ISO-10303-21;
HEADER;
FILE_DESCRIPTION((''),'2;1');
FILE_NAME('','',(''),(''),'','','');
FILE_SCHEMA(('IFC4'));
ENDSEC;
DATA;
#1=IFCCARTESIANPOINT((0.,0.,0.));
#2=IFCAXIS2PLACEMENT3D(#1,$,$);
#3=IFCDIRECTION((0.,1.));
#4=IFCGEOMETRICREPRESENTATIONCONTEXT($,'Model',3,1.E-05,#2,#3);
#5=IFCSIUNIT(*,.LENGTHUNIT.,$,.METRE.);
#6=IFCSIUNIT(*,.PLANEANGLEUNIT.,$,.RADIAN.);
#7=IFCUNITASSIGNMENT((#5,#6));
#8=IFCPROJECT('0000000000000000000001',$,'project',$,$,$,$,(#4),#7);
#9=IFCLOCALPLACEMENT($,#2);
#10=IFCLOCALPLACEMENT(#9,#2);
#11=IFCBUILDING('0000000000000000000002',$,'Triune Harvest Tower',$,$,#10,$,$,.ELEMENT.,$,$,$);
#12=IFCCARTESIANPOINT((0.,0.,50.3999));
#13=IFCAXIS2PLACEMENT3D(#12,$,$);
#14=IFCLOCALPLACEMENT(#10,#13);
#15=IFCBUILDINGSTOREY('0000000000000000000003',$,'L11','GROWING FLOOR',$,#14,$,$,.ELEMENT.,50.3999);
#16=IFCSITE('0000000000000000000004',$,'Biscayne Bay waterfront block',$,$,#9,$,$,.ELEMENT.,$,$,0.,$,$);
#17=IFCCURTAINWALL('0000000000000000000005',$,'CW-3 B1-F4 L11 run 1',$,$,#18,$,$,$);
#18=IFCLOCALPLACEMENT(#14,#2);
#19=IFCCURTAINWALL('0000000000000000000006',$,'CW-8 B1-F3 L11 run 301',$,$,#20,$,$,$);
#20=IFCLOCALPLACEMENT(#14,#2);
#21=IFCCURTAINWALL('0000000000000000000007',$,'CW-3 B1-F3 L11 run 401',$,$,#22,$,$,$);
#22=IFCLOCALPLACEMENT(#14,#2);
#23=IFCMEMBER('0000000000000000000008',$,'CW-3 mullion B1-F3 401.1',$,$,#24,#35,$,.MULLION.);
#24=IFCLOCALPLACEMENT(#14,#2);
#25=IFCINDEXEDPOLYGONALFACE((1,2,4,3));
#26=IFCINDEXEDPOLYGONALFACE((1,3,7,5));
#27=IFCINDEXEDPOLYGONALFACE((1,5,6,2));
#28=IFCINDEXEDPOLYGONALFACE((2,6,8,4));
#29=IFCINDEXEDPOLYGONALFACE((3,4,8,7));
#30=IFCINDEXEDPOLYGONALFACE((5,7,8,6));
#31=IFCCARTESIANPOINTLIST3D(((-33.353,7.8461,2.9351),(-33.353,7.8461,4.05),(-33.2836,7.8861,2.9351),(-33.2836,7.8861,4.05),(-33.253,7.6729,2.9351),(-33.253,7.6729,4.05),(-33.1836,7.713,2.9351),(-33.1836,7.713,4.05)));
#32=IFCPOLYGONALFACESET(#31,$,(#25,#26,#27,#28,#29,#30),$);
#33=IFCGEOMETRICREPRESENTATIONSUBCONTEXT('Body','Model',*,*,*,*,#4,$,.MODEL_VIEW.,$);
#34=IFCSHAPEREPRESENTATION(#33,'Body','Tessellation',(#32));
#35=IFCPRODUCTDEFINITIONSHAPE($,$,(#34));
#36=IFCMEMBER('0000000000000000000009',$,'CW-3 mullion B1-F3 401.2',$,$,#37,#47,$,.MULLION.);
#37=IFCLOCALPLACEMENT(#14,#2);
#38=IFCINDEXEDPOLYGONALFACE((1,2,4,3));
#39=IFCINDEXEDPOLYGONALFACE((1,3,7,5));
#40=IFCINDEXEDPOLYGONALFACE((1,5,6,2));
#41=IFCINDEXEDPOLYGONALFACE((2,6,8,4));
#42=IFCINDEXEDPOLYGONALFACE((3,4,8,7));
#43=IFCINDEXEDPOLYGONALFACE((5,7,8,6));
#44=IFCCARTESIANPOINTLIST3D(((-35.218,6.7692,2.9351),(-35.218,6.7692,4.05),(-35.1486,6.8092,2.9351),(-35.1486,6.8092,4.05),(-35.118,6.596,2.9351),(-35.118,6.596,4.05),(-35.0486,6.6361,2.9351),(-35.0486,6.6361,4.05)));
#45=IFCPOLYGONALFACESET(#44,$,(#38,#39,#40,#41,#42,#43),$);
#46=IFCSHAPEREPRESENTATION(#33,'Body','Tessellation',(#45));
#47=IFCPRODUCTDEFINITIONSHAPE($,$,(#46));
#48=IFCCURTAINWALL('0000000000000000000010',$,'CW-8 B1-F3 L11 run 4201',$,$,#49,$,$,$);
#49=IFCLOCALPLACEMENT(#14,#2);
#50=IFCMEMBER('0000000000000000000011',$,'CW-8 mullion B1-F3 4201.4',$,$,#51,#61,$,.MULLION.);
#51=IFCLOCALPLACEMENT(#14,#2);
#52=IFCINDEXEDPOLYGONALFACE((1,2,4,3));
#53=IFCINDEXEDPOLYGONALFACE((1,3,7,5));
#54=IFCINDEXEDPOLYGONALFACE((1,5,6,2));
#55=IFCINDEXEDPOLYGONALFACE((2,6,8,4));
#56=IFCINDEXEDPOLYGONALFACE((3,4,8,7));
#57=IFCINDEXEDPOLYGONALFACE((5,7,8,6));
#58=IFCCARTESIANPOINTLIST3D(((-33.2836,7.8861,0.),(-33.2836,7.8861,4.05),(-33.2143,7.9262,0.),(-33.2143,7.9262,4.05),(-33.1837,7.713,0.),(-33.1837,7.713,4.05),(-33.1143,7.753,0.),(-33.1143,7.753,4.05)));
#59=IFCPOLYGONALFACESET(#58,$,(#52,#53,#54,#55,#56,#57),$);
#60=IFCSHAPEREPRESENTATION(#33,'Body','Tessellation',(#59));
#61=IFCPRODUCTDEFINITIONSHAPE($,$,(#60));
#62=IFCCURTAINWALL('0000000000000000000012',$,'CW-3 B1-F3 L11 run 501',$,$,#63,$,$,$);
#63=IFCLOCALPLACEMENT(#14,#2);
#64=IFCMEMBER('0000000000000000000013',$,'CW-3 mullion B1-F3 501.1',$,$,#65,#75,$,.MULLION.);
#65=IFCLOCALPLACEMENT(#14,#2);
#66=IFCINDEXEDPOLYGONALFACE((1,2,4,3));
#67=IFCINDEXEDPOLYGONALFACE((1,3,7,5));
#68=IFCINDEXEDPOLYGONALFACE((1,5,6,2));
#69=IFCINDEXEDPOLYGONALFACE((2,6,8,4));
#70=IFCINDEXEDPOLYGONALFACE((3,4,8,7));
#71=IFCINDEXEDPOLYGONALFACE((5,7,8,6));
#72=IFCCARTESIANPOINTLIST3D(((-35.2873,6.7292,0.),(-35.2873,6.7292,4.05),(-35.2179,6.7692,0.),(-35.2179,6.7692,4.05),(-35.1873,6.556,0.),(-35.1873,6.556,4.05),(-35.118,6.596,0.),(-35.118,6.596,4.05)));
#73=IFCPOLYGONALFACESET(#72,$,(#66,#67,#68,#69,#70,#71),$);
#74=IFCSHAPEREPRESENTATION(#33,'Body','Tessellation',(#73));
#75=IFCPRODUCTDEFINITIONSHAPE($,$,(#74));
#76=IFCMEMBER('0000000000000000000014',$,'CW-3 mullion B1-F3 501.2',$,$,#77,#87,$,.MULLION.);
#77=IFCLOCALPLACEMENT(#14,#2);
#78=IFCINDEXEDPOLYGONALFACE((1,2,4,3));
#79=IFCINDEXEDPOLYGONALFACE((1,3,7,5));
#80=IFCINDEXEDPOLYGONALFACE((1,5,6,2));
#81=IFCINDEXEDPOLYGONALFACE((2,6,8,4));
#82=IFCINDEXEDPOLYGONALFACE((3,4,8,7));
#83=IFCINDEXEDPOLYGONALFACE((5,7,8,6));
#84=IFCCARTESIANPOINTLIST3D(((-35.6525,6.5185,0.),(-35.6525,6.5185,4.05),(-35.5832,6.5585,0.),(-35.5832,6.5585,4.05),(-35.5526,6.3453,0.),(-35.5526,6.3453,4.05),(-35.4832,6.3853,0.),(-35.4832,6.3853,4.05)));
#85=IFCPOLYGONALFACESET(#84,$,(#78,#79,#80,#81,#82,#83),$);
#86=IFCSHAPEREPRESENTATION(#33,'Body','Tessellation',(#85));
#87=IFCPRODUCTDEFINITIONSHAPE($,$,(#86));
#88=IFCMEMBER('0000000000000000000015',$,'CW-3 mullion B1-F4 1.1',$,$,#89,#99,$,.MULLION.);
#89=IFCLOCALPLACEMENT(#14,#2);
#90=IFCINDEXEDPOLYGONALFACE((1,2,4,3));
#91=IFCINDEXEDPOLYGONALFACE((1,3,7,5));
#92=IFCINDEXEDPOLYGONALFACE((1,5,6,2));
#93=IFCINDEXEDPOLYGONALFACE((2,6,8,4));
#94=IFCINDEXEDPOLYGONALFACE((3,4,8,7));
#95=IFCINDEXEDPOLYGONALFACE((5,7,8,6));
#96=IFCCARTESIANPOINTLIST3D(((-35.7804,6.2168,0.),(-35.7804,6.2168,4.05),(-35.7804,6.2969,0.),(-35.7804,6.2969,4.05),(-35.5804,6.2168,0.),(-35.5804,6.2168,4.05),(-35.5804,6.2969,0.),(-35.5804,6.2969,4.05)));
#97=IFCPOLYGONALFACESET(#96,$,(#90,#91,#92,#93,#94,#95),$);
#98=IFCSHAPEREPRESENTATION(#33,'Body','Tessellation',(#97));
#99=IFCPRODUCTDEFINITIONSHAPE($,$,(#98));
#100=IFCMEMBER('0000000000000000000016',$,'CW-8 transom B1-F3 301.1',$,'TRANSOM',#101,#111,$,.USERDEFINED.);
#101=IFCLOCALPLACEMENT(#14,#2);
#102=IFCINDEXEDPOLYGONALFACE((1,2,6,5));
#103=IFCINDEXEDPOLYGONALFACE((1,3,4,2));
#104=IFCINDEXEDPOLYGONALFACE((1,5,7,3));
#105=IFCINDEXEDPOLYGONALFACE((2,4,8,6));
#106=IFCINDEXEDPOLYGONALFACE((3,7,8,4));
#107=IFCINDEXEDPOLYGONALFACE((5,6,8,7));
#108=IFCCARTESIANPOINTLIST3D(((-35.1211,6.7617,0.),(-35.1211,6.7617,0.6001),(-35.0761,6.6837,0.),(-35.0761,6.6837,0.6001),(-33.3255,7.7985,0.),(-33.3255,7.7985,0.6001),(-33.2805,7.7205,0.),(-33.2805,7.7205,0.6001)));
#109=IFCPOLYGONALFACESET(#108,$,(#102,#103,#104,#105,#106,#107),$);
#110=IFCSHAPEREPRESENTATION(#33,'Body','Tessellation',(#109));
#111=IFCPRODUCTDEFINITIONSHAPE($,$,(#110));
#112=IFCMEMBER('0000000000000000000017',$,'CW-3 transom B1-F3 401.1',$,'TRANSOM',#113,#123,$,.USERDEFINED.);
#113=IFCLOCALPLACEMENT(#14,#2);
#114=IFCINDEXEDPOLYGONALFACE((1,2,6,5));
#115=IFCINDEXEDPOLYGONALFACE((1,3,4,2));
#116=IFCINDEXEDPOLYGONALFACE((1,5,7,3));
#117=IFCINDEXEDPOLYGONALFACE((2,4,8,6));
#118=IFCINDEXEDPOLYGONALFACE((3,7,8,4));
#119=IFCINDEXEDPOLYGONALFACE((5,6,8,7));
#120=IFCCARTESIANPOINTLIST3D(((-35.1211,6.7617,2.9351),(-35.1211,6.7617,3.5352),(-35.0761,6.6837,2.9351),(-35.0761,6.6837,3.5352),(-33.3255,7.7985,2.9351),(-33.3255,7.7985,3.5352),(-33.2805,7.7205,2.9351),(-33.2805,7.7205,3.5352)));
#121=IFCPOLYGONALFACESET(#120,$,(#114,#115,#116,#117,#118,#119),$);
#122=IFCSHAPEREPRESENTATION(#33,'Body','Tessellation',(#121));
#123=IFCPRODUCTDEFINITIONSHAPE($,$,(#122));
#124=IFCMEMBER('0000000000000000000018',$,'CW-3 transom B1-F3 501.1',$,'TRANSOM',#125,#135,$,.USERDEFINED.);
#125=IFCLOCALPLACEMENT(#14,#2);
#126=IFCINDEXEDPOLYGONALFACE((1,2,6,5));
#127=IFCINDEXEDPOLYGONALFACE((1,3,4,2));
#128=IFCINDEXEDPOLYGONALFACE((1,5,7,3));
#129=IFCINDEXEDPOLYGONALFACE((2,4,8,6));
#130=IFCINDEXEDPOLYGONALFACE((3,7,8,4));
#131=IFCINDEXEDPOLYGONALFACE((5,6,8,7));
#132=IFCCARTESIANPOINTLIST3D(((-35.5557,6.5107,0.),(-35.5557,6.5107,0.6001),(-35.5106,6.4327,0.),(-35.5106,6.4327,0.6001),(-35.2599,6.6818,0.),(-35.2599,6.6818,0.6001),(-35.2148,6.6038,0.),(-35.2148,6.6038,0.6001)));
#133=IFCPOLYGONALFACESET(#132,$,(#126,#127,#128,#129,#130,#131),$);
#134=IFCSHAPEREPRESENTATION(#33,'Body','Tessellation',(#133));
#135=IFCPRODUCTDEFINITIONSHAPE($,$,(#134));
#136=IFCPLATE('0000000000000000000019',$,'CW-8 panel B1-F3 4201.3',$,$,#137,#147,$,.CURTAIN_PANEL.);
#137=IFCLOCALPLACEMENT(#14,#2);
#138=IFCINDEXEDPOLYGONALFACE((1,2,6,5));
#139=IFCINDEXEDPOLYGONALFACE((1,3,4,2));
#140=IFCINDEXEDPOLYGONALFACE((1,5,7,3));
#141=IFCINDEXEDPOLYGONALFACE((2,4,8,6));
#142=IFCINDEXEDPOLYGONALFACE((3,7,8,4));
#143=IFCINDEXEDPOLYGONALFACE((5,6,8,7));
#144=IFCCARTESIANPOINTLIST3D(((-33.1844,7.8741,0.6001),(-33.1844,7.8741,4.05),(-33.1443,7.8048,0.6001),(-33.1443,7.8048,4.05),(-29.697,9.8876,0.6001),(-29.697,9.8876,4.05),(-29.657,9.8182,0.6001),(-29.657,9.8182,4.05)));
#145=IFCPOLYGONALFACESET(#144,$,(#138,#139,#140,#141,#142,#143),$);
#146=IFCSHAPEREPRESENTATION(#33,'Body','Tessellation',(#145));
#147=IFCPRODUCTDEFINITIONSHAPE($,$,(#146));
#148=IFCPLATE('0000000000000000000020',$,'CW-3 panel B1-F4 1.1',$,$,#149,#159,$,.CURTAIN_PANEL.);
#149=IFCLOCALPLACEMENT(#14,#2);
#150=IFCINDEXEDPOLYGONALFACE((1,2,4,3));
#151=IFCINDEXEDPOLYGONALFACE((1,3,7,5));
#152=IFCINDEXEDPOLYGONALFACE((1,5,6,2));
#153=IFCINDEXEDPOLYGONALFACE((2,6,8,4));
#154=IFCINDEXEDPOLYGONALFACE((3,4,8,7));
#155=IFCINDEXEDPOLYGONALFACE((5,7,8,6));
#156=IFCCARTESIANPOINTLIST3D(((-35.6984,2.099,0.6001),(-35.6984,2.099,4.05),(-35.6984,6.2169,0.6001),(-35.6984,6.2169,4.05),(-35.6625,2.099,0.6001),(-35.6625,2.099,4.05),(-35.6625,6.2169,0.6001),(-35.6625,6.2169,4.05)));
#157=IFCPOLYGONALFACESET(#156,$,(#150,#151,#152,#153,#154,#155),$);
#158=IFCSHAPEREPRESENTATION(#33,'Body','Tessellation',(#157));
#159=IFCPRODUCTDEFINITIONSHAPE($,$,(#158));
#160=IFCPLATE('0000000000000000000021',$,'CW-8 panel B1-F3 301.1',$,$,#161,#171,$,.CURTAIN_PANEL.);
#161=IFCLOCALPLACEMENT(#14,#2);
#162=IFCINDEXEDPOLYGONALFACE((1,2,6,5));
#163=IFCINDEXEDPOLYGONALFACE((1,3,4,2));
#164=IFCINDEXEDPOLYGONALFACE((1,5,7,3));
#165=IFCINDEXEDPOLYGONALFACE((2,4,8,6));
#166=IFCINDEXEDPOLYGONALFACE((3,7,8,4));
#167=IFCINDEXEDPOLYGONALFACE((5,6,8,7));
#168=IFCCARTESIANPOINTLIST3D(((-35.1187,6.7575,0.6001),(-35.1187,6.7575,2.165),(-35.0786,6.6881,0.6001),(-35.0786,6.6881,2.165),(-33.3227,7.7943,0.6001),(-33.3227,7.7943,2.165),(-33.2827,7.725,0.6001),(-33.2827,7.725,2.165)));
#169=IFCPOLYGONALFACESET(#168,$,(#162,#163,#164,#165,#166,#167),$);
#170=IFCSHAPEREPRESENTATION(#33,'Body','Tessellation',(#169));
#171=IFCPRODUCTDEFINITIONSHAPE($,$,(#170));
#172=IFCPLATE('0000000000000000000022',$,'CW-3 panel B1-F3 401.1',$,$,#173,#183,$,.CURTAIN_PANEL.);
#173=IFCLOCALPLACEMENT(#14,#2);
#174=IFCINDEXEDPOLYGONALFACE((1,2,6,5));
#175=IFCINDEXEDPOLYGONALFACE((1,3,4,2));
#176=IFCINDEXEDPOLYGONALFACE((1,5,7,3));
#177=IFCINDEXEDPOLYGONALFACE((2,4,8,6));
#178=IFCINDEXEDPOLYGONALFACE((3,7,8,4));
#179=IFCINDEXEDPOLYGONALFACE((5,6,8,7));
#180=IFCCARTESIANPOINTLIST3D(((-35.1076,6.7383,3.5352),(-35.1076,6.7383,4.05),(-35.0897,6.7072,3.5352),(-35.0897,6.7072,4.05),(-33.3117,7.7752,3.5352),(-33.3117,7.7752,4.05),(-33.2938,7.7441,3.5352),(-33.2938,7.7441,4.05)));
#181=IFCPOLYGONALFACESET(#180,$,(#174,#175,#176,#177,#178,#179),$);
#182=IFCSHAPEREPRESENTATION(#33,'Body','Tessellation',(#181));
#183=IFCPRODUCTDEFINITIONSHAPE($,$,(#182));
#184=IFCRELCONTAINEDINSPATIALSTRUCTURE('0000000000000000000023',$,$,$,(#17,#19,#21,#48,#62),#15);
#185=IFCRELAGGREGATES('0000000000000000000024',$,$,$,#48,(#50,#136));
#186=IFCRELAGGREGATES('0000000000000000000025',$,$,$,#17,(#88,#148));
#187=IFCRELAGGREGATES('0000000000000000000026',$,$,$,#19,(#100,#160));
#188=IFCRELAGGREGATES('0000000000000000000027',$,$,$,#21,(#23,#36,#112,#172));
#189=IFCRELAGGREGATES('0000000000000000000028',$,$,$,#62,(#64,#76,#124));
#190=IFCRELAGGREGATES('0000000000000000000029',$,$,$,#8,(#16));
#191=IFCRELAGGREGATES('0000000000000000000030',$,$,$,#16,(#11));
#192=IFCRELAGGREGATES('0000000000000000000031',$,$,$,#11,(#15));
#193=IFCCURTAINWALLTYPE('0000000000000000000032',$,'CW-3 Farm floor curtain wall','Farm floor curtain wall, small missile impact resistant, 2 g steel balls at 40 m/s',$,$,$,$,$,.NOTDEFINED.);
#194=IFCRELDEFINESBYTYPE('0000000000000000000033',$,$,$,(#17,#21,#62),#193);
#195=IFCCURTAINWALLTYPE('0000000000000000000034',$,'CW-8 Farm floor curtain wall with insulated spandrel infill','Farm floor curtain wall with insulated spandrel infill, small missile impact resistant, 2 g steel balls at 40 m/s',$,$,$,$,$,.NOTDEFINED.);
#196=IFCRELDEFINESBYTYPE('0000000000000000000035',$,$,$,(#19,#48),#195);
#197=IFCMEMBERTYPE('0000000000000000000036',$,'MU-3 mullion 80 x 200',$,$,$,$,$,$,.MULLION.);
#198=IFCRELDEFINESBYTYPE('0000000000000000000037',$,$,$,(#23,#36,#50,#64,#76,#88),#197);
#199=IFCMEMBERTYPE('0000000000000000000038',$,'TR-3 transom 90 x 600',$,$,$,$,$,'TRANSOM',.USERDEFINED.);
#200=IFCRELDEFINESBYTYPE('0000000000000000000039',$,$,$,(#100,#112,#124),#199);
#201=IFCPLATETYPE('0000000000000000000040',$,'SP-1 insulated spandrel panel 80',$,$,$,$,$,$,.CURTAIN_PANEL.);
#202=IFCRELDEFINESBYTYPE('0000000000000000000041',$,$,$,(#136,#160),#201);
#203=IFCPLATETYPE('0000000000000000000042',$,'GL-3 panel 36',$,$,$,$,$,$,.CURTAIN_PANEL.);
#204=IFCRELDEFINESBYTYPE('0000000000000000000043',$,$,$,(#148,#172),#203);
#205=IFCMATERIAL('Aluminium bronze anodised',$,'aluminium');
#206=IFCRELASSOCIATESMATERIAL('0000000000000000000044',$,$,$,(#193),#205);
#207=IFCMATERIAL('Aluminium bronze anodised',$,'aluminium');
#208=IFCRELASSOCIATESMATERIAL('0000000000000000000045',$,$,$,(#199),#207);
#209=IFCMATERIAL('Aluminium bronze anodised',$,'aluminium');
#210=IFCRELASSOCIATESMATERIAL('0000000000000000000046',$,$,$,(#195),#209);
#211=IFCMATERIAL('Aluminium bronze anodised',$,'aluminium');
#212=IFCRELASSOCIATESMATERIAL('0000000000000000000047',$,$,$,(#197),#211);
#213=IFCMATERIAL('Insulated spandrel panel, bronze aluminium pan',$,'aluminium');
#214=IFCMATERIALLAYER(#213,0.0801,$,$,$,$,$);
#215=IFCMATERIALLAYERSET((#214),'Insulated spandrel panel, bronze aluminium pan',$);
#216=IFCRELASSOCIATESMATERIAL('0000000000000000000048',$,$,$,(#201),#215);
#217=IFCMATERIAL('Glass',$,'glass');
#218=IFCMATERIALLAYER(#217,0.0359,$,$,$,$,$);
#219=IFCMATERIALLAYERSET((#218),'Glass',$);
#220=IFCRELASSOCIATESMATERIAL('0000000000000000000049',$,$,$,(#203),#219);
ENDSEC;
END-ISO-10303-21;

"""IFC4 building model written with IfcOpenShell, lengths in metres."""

from ifc_helpers import new_model, si_unit, direction, frame, origin, origin_2d, place, context, subcontext, project, spatial, rectangle, extrude, source, transform, mapped, material, layer, layer_set, material_profile, profile_set, type_object, element, aggregate, save


model = new_model("IFC4")

# Units and contexts
model_context = context("Model", 3, precision=1e-05, world=origin(), true_north=direction((0.0, 1.0)))
body_context = subcontext(model_context, "Body", "Model", "MODEL_VIEW")
ifc_project = project(units=[si_unit("LENGTHUNIT", "METRE"), si_unit("PLANEANGLEUNIT", "RADIAN")], contexts=[model_context])

# Site, building, storey
site_placement = place(None, origin())
site = spatial("IfcSite", under=ifc_project, at=site_placement, Name="Biscayne Bay waterfront block", CompositionType="ELEMENT", RefElevation=0.0)
building_placement = place(site_placement, origin())
building = spatial("IfcBuilding", under=site, at=building_placement, Name="Triune Harvest Tower", CompositionType="ELEMENT")
storey_placement = place(building_placement, frame((0.0, 0.0, 50.3999)))
storey = spatial("IfcBuildingStorey", under=building, at=storey_placement, Name="L11", Description="GROWING FLOOR", CompositionType="ELEMENT", Elevation=50.3999)

# Curtain wall
ifc_material_1 = material(Name="Aluminium bronze anodised", Category="aluminium")
curtain_wall_type_1 = type_object("IfcCurtainWallType", Name="CW-3 Farm floor curtain wall", Description="Farm floor curtain wall, small missile impact resistant, 2 g steel balls at 40 m/s", PredefinedType="NOTDEFINED", material=ifc_material_1)
curtain_wall_1_placement = place(storey_placement, origin())
curtain_wall_1 = element("IfcCurtainWall", 1, at=curtain_wall_1_placement, inside=storey, type_object=curtain_wall_type_1, Name="CW-3 B1-F4 L11 run 1")
ifc_material_2 = material(Name="Aluminium bronze anodised", Category="aluminium")
ifc_material_profile_1 = material_profile(ifc_material_2, rectangle(XDim=0.0901, YDim=0.6001, at=origin_2d()), Name="TR-3 transom 90 x 600")
ifc_profile_set_1 = profile_set([ifc_material_profile_1], Name="Aluminium bronze anodised")
member_type_1 = type_object("IfcMemberType", Name="TR-3 transom 90 x 600", ElementType="TRANSOM", PredefinedType="USERDEFINED", material=ifc_profile_set_1)

# Curtain walls, members
ifc_material_3 = material(Name="Aluminium bronze anodised", Category="aluminium")
curtain_wall_type_2 = type_object("IfcCurtainWallType", Name="CW-8 Farm floor curtain wall with insulated spandrel infill", Description="Farm floor curtain wall with insulated spandrel infill, small missile impact resistant, 2 g steel balls at 40 m/s", PredefinedType="NOTDEFINED", material=ifc_material_3)
curtain_wall_2_placement = place(storey_placement, origin())
curtain_wall_2 = element("IfcCurtainWall", 2, at=curtain_wall_2_placement, inside=storey, type_object=curtain_wall_type_2, Name="CW-8 B1-F3 L11 run 301")
ifc_material_4 = material(Name="Aluminium bronze anodised", Category="aluminium")
ifc_material_profile_2 = material_profile(ifc_material_4, rectangle(XDim=0.2, YDim=0.0801, at=origin_2d()), Name="MU-3 mullion 80 x 200")
ifc_profile_set_2 = profile_set([ifc_material_profile_2], Name="Aluminium bronze anodised")
member_type_2 = type_object("IfcMemberType", Name="MU-3 mullion 80 x 200", PredefinedType="MULLION", material=ifc_profile_set_2)
curtain_wall_3_placement = place(storey_placement, origin())
curtain_wall_3 = element("IfcCurtainWall", 3, at=curtain_wall_3_placement, inside=storey, type_object=curtain_wall_type_1, Name="CW-3 B1-F3 L11 run 401")
shared_shape_1 = source(origin(), body_context, "Body", "SweptSolid", [
    extrude(rectangle(XDim=0.2, YDim=0.0801, at=origin_2d()), origin(), (0.0, 0.0, 1.0), 1.115),
])
member_1_placement = place(storey_placement, frame((-33.2683, 7.7795, 2.9351), z_axis=(0.0, 0.0, 1.0), x_axis=(0.499991, -0.866031, 0.0)))
member_1 = element("IfcMember", 4, at=member_1_placement, type_object=member_type_2, Name="CW-3 mullion B1-F3 401.1", PredefinedType="MULLION", context=body_context, shape_type="MappedRepresentation", body=[
    mapped(shared_shape_1, transform((0.0, 0.0, 0.0), scale=1.0)),
])
member_2_placement = place(storey_placement, frame((-35.1333, 6.7026, 2.9351), z_axis=(0.0, 0.0, 1.0), x_axis=(0.499991, -0.866031, 0.0)))
member_2 = element("IfcMember", 5, at=member_2_placement, type_object=member_type_2, Name="CW-3 mullion B1-F3 401.2", PredefinedType="MULLION", context=body_context, shape_type="MappedRepresentation", body=[
    mapped(shared_shape_1, transform((0.0, 0.0, 0.0), scale=1.0)),
])

# Curtain wall, member
curtain_wall_4_placement = place(storey_placement, origin())
curtain_wall_4 = element("IfcCurtainWall", 6, at=curtain_wall_4_placement, inside=storey, type_object=curtain_wall_type_2, Name="CW-8 B1-F3 L11 run 4201")
shared_shape_2 = source(origin(), body_context, "Body", "SweptSolid", [
    extrude(rectangle(XDim=0.2, YDim=0.0801, at=origin_2d()), origin(), (0.0, 0.0, 1.0), 4.05),
])
member_3_placement = place(storey_placement, frame((-33.199, 7.8196, 0.0), z_axis=(0.0, 0.0, 1.0), x_axis=(0.500002, -0.866024, 0.0)))
member_3 = element("IfcMember", 7, at=member_3_placement, type_object=member_type_2, Name="CW-8 mullion B1-F3 4201.4", PredefinedType="MULLION", context=body_context, shape_type="MappedRepresentation", body=[
    mapped(shared_shape_2, transform((0.0, 0.0, 0.0), scale=1.0)),
])

# Curtain wall, members
curtain_wall_5_placement = place(storey_placement, origin())
curtain_wall_5 = element("IfcCurtainWall", 8, at=curtain_wall_5_placement, inside=storey, type_object=curtain_wall_type_1, Name="CW-3 B1-F3 L11 run 501")
member_4_placement = place(storey_placement, frame((-35.2026, 6.6626, 0.0), z_axis=(0.0, 0.0, 1.0), x_axis=(0.499975, -0.86604, 0.0)))
member_4 = element("IfcMember", 9, at=member_4_placement, type_object=member_type_2, Name="CW-3 mullion B1-F3 501.1", PredefinedType="MULLION", context=body_context, shape_type="MappedRepresentation", body=[
    mapped(shared_shape_2, transform((0.0, 0.0, 0.0), scale=1.0)),
])
member_5_placement = place(storey_placement, frame((-35.5679, 6.4519, 0.0), z_axis=(0.0, 0.0, 1.0), x_axis=(0.499975, -0.86604, 0.0)))
member_5 = element("IfcMember", 10, at=member_5_placement, type_object=member_type_2, Name="CW-3 mullion B1-F3 501.2", PredefinedType="MULLION", context=body_context, shape_type="MappedRepresentation", body=[
    mapped(shared_shape_2, transform((0.0, 0.0, 0.0), scale=1.0)),
])

# Members
member_6_placement = place(storey_placement, frame((-35.6804, 6.2568, 0.0), z_axis=(0.0, 0.0, 1.0), x_axis=(1.0, 0.0, 0.0)))
member_6 = element("IfcMember", 11, at=member_6_placement, type_object=member_type_2, Name="CW-3 mullion B1-F4 1.1", PredefinedType="MULLION", context=body_context, shape_type="MappedRepresentation", body=[
    mapped(shared_shape_2, transform((0.0, 0.0, 0.0), scale=1.0)),
])
shared_shape_3 = source(origin(), body_context, "Body", "SweptSolid", [
    extrude(rectangle(XDim=0.0901, YDim=0.6001, at=origin_2d()), origin(), (0.0, 0.0, 1.0), 2.0735),
])
member_7_placement = place(storey_placement, frame((-33.303, 7.7595, 0.3), z_axis=(-0.865995, -0.500052, 0.0), x_axis=(0.500052, -0.865995, 0.0)))
member_7 = element("IfcMember", 12, at=member_7_placement, type_object=member_type_1, Name="CW-8 transom B1-F3 301.1", ObjectType="TRANSOM", PredefinedType="USERDEFINED", context=body_context, shape_type="MappedRepresentation", body=[
    mapped(shared_shape_3, transform((0.0, 0.0, 0.0), scale=1.0)),
])
member_8_placement = place(storey_placement, frame((-33.303, 7.7595, 3.2351), z_axis=(-0.865995, -0.500052, 0.0), x_axis=(0.500052, -0.865995, 0.0)))
member_8 = element("IfcMember", 13, at=member_8_placement, type_object=member_type_1, Name="CW-3 transom B1-F3 401.1", ObjectType="TRANSOM", PredefinedType="USERDEFINED", context=body_context, shape_type="MappedRepresentation", body=[
    mapped(shared_shape_3, transform((0.0, 0.0, 0.0), scale=1.0)),
])
shared_shape_4 = source(origin(), body_context, "Body", "SweptSolid", [
    extrude(rectangle(XDim=0.0901, YDim=0.6001, at=origin_2d()), origin(), (0.0, 0.0, 1.0), 0.3418),
])
member_9_placement = place(storey_placement, frame((-35.2373, 6.6428, 0.3), z_axis=(-0.865638, -0.50067, 0.0), x_axis=(0.50067, -0.865638, 0.0)))
member_9 = element("IfcMember", 14, at=member_9_placement, type_object=member_type_1, Name="CW-3 transom B1-F3 501.1", ObjectType="TRANSOM", PredefinedType="USERDEFINED", context=body_context, shape_type="MappedRepresentation", body=[
    mapped(shared_shape_4, transform((0.0, 0.0, 0.0), scale=1.0)),
])

# Plates
ifc_material_5 = material(Name="Insulated spandrel panel, bronze aluminium pan", Category="aluminium")
ifc_layer_1 = layer(ifc_material_5, 0.0801)
ifc_layer_set_1 = layer_set([ifc_layer_1], Name="Insulated spandrel panel, bronze aluminium pan")
plate_type_1 = type_object("IfcPlateType", Name="SP-1 insulated spandrel panel 80", PredefinedType="CURTAIN_PANEL", material=ifc_layer_set_1)
shared_shape_5 = source(origin(), body_context, "Body", "SweptSolid", [
    extrude(rectangle(XDim=4.0269, YDim=0.0801, at=origin_2d()), origin(), (0.0, 0.0, 1.0), 3.45),
])
plate_1_placement = place(storey_placement, frame((-31.4207, 8.8462, 0.6001), z_axis=(0.0, 0.0, 1.0), x_axis=(-0.866024, -0.500002, 0.0)))
plate_1 = element("IfcPlate", 15, at=plate_1_placement, type_object=plate_type_1, Name="CW-8 panel B1-F3 4201.3", PredefinedType="CURTAIN_PANEL", context=body_context, shape_type="MappedRepresentation", body=[
    mapped(shared_shape_5, transform((0.0, 0.0, 0.0), scale=1.0)),
])
aggregate(curtain_wall_4, [member_3, plate_1])
ifc_material_6 = material(Name="Glass", Category="glass")
ifc_layer_2 = layer(ifc_material_6, 0.0359)
ifc_layer_set_2 = layer_set([ifc_layer_2], Name="Glass")
plate_type_2 = type_object("IfcPlateType", Name="GL-3 panel 36", PredefinedType="CURTAIN_PANEL", material=ifc_layer_set_2)
shared_shape_6 = source(origin(), body_context, "Body", "SweptSolid", [
    extrude(rectangle(XDim=4.1179, YDim=0.0359, at=origin_2d()), origin(), (0.0, 0.0, 1.0), 3.45),
])
plate_2_placement = place(storey_placement, frame((-35.6804, 4.158, 0.6001), z_axis=(0.0, 0.0, 1.0), x_axis=(0.0, -1.0, 0.0)))
plate_2 = element("IfcPlate", 16, at=plate_2_placement, type_object=plate_type_2, Name="CW-3 panel B1-F4 1.1", PredefinedType="CURTAIN_PANEL", context=body_context, shape_type="MappedRepresentation", body=[
    mapped(shared_shape_6, transform((0.0, 0.0, 0.0), scale=1.0)),
])
aggregate(curtain_wall_1, [member_6, plate_2])
shared_shape_7 = source(origin(), body_context, "Body", "SweptSolid", [
    extrude(rectangle(XDim=2.0737, YDim=0.0801, at=origin_2d()), origin(), (0.0, 0.0, 1.0), 1.5649),
])
plate_3_placement = place(storey_placement, frame((-34.2007, 7.2412, 0.6001), z_axis=(0.0, 0.0, 1.0), x_axis=(-0.866031, -0.499991, 0.0)))
plate_3 = element("IfcPlate", 17, at=plate_3_placement, type_object=plate_type_1, Name="CW-8 panel B1-F3 301.1", PredefinedType="CURTAIN_PANEL", context=body_context, shape_type="MappedRepresentation", body=[
    mapped(shared_shape_7, transform((0.0, 0.0, 0.0), scale=1.0)),
])
aggregate(curtain_wall_2, [member_7, plate_3])
shared_shape_8 = source(origin(), body_context, "Body", "SweptSolid", [
    extrude(rectangle(XDim=2.0737, YDim=0.0359, at=origin_2d()), origin(), (0.0, 0.0, 1.0), 0.5149),
])
plate_4_placement = place(storey_placement, frame((-34.2007, 7.2412, 3.5352), z_axis=(0.0, 0.0, 1.0), x_axis=(-0.866031, -0.499991, 0.0)))
plate_4 = element("IfcPlate", 18, at=plate_4_placement, type_object=plate_type_2, Name="CW-3 panel B1-F3 401.1", PredefinedType="CURTAIN_PANEL", context=body_context, shape_type="MappedRepresentation", body=[
    mapped(shared_shape_8, transform((0.0, 0.0, 0.0), scale=1.0)),
])
aggregate(curtain_wall_3, [member_1, member_2, member_8, plate_4])
aggregate(curtain_wall_5, [member_4, member_5, member_9])

save(model, "model.ifc")
